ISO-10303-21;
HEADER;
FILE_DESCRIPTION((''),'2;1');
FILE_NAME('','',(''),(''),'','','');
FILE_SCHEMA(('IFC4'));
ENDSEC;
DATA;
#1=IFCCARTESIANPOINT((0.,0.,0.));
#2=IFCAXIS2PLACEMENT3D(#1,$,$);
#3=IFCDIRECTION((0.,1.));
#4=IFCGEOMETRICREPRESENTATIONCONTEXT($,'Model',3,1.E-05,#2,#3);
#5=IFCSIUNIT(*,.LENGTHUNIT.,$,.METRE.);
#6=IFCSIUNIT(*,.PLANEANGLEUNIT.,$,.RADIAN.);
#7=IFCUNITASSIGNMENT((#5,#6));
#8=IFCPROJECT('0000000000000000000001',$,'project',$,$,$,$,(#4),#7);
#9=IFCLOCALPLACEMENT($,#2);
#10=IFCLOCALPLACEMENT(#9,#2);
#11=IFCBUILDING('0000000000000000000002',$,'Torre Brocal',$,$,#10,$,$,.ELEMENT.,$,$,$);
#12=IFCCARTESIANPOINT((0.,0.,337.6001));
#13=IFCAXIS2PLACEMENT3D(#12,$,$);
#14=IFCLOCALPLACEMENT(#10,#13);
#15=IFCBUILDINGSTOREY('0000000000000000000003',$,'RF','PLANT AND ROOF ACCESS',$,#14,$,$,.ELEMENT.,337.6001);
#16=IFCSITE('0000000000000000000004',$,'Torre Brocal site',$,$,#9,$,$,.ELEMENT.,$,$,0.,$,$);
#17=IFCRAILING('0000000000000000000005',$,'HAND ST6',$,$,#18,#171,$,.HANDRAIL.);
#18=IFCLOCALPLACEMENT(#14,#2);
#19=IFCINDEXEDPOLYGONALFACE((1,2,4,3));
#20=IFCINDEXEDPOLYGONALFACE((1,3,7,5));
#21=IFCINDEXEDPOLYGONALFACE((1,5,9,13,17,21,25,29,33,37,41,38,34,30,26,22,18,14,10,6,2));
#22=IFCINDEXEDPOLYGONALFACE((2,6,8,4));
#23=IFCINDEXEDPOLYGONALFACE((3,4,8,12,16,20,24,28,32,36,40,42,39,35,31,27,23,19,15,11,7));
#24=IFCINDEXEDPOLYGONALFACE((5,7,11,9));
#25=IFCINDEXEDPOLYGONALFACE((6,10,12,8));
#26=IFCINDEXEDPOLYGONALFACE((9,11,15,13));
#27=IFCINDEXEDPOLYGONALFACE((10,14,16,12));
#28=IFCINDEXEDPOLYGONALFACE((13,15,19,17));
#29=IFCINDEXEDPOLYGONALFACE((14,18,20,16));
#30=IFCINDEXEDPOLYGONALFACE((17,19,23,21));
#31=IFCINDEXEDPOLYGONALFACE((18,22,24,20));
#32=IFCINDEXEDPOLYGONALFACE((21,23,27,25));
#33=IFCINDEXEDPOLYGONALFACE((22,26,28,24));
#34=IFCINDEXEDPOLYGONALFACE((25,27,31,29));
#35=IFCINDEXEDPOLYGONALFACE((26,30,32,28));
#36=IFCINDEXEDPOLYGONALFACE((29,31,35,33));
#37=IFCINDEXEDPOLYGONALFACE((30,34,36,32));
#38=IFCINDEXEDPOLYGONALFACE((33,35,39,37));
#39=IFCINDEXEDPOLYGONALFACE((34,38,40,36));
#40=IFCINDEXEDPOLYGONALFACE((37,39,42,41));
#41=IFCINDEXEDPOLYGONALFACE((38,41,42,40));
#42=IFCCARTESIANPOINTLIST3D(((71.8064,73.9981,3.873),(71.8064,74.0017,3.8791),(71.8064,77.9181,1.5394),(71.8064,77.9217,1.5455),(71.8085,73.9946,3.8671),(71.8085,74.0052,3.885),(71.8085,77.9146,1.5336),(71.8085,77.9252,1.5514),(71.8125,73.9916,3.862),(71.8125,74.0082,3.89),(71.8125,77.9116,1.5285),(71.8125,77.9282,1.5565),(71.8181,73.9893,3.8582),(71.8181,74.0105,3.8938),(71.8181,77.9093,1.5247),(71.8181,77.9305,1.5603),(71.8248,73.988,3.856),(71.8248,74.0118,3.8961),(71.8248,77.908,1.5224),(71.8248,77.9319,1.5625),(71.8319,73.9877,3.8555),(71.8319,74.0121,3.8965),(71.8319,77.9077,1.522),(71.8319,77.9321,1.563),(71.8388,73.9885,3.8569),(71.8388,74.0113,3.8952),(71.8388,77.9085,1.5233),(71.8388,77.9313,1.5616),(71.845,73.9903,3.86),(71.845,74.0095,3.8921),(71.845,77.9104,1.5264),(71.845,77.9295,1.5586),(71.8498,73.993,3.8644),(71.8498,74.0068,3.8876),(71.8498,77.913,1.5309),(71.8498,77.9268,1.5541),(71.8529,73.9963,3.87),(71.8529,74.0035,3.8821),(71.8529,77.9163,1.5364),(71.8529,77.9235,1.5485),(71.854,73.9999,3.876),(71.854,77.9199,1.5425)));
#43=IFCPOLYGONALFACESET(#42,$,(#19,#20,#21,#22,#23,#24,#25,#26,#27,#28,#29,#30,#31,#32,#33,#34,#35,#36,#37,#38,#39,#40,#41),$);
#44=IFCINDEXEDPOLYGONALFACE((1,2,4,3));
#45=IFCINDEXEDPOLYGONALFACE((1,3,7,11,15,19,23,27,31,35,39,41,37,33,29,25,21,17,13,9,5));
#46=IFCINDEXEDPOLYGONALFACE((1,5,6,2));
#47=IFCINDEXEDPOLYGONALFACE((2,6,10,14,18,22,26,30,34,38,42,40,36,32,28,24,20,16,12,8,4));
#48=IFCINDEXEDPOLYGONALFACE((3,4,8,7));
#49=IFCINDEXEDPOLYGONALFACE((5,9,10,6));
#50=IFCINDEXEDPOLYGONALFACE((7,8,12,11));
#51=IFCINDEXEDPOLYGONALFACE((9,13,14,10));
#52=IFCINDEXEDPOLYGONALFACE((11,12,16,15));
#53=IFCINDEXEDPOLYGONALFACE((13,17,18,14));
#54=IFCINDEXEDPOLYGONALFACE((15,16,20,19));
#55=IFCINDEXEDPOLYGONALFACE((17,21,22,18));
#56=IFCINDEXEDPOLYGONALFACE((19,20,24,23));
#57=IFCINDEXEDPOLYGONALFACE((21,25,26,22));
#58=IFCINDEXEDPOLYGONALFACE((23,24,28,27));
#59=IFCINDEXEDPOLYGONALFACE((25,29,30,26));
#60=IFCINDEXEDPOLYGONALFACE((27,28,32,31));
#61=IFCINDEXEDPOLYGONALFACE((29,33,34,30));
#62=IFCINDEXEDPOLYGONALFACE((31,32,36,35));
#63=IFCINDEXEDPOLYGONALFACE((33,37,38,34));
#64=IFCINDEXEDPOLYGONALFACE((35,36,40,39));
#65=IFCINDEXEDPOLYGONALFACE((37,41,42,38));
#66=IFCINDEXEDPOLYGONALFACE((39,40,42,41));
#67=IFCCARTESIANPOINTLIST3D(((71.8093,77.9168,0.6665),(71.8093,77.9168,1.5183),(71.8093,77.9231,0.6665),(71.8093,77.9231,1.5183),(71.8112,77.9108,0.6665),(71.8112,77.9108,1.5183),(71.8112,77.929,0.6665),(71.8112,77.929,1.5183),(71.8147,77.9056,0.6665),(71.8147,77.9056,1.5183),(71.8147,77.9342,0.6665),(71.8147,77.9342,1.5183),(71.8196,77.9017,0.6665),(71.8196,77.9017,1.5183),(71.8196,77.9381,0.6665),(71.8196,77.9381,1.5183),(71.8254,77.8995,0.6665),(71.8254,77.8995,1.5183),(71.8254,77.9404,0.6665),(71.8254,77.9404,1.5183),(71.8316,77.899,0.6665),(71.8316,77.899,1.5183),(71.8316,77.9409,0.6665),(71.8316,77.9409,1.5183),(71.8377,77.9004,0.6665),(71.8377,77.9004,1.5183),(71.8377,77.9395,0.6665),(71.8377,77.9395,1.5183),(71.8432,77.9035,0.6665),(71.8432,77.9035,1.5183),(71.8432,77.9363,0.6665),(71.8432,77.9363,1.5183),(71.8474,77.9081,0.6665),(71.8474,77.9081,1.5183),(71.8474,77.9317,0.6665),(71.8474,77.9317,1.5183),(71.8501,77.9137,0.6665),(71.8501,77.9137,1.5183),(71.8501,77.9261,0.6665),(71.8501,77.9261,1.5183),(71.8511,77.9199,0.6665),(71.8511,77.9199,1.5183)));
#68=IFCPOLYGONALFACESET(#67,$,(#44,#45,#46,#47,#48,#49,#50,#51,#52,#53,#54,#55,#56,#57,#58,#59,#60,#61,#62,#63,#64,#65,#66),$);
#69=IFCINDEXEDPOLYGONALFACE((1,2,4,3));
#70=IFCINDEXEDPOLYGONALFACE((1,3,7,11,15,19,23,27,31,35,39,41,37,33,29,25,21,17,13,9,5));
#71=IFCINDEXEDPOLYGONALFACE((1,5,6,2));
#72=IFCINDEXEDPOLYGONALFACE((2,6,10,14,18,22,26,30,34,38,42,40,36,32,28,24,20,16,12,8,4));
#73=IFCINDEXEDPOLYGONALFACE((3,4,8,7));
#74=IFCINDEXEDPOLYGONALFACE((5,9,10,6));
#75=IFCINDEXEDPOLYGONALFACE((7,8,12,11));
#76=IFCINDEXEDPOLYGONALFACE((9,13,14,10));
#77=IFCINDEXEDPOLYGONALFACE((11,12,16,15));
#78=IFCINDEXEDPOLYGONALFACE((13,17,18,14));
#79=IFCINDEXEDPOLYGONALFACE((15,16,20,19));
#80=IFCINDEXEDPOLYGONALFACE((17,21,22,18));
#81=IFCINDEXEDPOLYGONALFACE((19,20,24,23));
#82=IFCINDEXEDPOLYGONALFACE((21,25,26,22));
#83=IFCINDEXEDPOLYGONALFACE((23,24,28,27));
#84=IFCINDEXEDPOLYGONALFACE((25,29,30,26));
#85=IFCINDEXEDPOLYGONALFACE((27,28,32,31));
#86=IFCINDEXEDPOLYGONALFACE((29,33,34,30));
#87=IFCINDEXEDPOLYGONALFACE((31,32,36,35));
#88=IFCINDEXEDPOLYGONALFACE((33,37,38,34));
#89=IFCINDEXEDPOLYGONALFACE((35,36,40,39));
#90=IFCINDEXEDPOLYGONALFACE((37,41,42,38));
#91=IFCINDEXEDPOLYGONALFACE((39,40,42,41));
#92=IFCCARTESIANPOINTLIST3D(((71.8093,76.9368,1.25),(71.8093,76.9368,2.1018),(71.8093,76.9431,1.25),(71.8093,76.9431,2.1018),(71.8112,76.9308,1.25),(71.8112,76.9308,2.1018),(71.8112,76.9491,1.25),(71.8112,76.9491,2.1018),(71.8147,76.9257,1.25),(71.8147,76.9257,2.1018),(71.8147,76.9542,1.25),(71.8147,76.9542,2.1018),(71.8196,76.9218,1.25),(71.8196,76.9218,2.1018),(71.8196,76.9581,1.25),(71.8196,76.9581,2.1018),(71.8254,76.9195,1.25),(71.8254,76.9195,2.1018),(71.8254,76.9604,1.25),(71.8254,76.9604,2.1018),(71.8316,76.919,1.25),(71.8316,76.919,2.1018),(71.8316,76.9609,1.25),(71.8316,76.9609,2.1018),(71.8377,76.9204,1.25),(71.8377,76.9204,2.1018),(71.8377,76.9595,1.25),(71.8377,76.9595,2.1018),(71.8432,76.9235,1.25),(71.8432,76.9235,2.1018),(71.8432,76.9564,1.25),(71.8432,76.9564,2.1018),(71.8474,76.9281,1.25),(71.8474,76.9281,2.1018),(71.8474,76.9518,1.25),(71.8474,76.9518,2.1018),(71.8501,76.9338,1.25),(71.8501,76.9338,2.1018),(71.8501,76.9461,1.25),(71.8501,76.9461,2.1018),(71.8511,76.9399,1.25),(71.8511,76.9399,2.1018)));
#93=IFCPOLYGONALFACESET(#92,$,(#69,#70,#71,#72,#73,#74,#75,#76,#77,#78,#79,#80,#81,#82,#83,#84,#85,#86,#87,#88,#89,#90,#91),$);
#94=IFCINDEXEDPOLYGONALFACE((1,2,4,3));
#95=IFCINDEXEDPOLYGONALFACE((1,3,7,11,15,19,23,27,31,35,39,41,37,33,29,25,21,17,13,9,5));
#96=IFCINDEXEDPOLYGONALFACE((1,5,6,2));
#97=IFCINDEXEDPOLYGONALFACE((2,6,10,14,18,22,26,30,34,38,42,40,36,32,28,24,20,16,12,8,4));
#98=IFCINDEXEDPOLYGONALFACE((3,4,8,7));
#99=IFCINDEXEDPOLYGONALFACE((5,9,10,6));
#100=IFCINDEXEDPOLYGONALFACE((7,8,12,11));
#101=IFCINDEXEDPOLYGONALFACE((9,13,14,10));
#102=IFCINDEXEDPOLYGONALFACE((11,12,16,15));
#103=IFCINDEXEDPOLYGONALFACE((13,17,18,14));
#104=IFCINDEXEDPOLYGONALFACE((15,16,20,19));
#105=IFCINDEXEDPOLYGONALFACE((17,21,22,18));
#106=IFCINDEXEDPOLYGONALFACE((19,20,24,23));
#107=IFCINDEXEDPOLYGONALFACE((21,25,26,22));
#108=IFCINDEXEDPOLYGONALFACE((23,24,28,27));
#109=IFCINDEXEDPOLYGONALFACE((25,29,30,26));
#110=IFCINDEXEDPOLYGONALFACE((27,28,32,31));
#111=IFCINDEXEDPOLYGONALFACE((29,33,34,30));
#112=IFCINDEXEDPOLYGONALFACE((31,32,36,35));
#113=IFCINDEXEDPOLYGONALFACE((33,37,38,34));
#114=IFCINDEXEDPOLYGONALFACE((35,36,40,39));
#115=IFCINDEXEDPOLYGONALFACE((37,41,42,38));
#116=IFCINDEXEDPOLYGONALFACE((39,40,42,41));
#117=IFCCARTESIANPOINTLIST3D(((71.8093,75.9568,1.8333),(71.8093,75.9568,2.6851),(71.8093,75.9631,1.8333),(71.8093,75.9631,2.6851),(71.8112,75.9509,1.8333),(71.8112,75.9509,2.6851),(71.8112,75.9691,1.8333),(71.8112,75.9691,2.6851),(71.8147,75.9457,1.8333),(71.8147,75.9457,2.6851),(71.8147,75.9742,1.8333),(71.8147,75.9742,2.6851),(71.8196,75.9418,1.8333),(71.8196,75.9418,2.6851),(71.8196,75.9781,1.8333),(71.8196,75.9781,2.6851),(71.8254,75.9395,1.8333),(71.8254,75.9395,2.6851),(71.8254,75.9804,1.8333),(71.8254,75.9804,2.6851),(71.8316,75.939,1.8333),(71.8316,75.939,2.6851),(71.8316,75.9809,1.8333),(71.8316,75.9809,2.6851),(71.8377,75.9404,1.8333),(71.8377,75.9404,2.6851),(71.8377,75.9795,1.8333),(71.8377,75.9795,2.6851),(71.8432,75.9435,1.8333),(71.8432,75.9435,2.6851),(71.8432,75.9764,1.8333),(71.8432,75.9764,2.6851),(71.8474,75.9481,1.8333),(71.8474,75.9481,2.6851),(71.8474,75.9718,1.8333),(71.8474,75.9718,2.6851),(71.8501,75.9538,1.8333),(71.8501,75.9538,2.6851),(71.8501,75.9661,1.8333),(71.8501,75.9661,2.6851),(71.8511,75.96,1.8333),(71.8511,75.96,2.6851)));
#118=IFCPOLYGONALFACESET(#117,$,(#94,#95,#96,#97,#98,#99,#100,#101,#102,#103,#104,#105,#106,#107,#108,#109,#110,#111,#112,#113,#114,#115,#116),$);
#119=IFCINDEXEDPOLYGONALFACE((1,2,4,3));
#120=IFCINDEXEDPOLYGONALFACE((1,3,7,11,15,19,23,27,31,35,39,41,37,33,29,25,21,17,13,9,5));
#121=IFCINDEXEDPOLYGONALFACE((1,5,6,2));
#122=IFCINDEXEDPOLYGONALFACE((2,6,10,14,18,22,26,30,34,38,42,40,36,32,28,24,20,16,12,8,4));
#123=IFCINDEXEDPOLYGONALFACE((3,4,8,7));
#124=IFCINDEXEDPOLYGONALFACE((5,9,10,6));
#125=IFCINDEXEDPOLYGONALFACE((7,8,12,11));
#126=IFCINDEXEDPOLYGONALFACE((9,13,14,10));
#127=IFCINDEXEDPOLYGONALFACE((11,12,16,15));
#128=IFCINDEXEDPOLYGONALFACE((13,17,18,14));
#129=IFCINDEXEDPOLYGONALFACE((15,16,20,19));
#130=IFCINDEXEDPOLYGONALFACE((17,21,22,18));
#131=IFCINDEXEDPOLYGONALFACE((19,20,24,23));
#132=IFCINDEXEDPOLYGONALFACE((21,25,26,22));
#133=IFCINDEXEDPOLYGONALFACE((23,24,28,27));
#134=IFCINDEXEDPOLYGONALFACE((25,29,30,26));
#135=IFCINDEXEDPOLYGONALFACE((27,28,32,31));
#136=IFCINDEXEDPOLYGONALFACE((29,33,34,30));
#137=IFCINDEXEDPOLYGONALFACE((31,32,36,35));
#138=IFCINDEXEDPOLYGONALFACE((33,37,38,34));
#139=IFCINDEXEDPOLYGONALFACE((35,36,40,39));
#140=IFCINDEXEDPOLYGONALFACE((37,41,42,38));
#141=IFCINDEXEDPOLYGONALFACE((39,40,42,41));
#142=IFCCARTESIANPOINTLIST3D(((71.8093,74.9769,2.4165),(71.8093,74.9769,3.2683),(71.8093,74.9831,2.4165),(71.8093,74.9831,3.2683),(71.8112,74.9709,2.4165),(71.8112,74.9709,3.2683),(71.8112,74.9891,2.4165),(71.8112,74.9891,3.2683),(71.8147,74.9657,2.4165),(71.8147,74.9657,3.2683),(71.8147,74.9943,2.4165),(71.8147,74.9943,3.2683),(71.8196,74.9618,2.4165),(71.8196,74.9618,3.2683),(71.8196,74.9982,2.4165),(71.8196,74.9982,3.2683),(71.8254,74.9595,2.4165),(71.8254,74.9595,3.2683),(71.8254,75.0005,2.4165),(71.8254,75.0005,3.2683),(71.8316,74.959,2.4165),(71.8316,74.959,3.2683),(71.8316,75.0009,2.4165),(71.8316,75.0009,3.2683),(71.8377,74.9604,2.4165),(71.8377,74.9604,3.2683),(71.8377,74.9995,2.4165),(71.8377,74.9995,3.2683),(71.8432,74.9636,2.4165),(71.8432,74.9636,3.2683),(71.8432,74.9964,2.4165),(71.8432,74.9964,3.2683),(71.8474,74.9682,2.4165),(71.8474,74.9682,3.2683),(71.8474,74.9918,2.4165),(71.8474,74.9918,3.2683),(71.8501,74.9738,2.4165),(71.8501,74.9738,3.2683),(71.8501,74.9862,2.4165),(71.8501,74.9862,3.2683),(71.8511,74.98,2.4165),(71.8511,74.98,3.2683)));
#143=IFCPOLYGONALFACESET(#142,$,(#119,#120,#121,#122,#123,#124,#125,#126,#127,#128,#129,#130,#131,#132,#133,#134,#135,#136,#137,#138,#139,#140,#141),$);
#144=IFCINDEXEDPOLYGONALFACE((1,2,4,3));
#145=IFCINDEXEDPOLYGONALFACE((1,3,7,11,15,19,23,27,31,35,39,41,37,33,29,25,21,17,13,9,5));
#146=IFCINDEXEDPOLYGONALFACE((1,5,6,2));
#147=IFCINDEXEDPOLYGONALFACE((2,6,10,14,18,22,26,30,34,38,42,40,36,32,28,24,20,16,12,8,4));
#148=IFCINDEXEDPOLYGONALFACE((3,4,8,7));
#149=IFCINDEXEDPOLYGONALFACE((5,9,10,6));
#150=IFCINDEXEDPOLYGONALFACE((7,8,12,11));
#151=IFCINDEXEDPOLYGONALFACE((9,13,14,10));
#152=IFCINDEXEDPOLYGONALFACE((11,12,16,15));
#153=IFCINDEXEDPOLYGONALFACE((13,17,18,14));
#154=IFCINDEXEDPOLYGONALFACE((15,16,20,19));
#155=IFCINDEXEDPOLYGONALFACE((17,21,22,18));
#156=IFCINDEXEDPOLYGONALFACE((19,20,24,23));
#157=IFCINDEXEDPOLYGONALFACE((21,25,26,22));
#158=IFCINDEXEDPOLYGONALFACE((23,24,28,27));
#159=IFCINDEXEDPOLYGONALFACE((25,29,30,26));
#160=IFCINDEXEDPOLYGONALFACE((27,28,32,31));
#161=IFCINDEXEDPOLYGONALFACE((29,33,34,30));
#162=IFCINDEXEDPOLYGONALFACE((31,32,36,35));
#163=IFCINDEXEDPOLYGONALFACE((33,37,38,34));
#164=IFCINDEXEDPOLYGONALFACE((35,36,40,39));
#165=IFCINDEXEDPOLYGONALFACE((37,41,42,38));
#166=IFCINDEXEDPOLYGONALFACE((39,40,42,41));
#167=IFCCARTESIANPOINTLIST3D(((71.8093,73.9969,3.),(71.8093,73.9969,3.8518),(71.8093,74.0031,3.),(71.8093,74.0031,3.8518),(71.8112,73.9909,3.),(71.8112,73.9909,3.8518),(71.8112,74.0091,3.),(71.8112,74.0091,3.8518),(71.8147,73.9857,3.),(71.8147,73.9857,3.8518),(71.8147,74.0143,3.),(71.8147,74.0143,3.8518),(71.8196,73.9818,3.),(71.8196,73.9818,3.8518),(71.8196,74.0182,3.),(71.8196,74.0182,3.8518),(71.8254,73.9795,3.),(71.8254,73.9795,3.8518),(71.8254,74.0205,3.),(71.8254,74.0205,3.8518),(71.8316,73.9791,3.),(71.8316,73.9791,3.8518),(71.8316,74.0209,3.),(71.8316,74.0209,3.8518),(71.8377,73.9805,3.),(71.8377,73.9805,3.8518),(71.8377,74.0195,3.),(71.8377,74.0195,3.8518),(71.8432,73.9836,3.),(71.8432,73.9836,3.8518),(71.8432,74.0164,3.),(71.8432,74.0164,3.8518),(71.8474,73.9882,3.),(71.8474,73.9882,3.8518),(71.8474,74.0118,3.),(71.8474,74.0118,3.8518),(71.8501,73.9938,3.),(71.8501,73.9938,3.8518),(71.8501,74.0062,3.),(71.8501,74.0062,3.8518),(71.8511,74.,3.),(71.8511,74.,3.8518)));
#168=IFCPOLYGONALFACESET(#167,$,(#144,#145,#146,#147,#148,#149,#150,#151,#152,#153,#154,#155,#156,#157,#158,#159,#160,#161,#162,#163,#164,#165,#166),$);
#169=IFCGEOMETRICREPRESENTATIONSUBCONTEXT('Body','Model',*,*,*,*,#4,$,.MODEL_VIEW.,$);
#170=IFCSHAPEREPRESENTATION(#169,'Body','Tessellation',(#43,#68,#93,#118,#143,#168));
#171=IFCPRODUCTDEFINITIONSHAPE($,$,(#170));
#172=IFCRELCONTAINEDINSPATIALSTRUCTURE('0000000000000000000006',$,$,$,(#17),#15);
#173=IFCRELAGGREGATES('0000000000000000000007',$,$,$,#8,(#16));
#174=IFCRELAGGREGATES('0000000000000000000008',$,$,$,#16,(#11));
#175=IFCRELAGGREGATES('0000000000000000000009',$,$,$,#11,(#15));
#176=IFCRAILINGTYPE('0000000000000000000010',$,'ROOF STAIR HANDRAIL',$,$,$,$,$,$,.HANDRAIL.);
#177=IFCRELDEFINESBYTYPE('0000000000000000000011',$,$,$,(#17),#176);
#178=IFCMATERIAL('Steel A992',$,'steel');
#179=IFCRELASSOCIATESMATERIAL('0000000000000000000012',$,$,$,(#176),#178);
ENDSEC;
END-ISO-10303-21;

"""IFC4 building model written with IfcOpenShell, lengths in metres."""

from ifc_helpers import new_model, si_unit, direction, frame, origin, origin_2d, place, context, subcontext, project, spatial, circle, extrude, material, type_object, element, save


model = new_model("IFC4")

# Units and contexts
model_context = context("Model", 3, precision=1e-05, world=origin(), true_north=direction((0.0, 1.0)))
body_context = subcontext(model_context, "Body", "Model", "MODEL_VIEW")
ifc_project = project(units=[si_unit("LENGTHUNIT", "METRE"), si_unit("PLANEANGLEUNIT", "RADIAN")], contexts=[model_context])

# Site, building, storey
site_placement = place(None, origin())
site = spatial("IfcSite", under=ifc_project, at=site_placement, Name="Torre Brocal site", CompositionType="ELEMENT", RefElevation=0.0)
building_placement = place(site_placement, origin())
building = spatial("IfcBuilding", under=site, at=building_placement, Name="Torre Brocal", CompositionType="ELEMENT")
storey_placement = place(building_placement, frame((0.0, 0.0, 337.6001)))
storey = spatial("IfcBuildingStorey", under=building, at=storey_placement, Name="RF", Description="PLANT AND ROOF ACCESS", CompositionType="ELEMENT", Elevation=337.6001)

# Railing
ifc_material_1 = material(Name="Steel A992", Category="steel")
railing_type_1 = type_object("IfcRailingType", Name="ROOF STAIR HANDRAIL", PredefinedType="HANDRAIL", material=ifc_material_1)
for number, where, name in (
    (1, (71.8301, 77.9199, 0.6665), "HAND ST6"),
):
    element("IfcRailing", number, at=place(storey_placement, frame(where)), inside=storey, type_object=railing_type_1, Name=name, PredefinedType="HANDRAIL", context=body_context, shape_type="SweptSolid", body=[
        extrude(circle(Radius=0.0239, at=origin_2d()), frame((0.0, 0.0, 0.876), z_axis=(0.0, -0.859273, 0.511518), x_axis=(1.0, 0.0, 0.0)), (0.0, 0.0, 1.0), 4.562),
        extrude(circle(Radius=0.021, at=origin_2d()), origin(), (0.0, 0.0, 1.0), 0.8518),
        extrude(circle(Radius=0.021, at=origin_2d()), frame((0.0, -0.98, 0.5835)), (0.0, 0.0, 1.0), 0.8518),
        extrude(circle(Radius=0.021, at=origin_2d()), frame((0.0, -1.96, 1.1667)), (0.0, 0.0, 1.0), 0.8518),
        extrude(circle(Radius=0.021, at=origin_2d()), frame((0.0, -2.9399, 1.75)), (0.0, 0.0, 1.0), 0.8518),
        extrude(circle(Radius=0.021, at=origin_2d()), frame((0.0, -3.9199, 2.3335)), (0.0, 0.0, 1.0), 0.8518),
    ])

save(model, "model.ifc")
